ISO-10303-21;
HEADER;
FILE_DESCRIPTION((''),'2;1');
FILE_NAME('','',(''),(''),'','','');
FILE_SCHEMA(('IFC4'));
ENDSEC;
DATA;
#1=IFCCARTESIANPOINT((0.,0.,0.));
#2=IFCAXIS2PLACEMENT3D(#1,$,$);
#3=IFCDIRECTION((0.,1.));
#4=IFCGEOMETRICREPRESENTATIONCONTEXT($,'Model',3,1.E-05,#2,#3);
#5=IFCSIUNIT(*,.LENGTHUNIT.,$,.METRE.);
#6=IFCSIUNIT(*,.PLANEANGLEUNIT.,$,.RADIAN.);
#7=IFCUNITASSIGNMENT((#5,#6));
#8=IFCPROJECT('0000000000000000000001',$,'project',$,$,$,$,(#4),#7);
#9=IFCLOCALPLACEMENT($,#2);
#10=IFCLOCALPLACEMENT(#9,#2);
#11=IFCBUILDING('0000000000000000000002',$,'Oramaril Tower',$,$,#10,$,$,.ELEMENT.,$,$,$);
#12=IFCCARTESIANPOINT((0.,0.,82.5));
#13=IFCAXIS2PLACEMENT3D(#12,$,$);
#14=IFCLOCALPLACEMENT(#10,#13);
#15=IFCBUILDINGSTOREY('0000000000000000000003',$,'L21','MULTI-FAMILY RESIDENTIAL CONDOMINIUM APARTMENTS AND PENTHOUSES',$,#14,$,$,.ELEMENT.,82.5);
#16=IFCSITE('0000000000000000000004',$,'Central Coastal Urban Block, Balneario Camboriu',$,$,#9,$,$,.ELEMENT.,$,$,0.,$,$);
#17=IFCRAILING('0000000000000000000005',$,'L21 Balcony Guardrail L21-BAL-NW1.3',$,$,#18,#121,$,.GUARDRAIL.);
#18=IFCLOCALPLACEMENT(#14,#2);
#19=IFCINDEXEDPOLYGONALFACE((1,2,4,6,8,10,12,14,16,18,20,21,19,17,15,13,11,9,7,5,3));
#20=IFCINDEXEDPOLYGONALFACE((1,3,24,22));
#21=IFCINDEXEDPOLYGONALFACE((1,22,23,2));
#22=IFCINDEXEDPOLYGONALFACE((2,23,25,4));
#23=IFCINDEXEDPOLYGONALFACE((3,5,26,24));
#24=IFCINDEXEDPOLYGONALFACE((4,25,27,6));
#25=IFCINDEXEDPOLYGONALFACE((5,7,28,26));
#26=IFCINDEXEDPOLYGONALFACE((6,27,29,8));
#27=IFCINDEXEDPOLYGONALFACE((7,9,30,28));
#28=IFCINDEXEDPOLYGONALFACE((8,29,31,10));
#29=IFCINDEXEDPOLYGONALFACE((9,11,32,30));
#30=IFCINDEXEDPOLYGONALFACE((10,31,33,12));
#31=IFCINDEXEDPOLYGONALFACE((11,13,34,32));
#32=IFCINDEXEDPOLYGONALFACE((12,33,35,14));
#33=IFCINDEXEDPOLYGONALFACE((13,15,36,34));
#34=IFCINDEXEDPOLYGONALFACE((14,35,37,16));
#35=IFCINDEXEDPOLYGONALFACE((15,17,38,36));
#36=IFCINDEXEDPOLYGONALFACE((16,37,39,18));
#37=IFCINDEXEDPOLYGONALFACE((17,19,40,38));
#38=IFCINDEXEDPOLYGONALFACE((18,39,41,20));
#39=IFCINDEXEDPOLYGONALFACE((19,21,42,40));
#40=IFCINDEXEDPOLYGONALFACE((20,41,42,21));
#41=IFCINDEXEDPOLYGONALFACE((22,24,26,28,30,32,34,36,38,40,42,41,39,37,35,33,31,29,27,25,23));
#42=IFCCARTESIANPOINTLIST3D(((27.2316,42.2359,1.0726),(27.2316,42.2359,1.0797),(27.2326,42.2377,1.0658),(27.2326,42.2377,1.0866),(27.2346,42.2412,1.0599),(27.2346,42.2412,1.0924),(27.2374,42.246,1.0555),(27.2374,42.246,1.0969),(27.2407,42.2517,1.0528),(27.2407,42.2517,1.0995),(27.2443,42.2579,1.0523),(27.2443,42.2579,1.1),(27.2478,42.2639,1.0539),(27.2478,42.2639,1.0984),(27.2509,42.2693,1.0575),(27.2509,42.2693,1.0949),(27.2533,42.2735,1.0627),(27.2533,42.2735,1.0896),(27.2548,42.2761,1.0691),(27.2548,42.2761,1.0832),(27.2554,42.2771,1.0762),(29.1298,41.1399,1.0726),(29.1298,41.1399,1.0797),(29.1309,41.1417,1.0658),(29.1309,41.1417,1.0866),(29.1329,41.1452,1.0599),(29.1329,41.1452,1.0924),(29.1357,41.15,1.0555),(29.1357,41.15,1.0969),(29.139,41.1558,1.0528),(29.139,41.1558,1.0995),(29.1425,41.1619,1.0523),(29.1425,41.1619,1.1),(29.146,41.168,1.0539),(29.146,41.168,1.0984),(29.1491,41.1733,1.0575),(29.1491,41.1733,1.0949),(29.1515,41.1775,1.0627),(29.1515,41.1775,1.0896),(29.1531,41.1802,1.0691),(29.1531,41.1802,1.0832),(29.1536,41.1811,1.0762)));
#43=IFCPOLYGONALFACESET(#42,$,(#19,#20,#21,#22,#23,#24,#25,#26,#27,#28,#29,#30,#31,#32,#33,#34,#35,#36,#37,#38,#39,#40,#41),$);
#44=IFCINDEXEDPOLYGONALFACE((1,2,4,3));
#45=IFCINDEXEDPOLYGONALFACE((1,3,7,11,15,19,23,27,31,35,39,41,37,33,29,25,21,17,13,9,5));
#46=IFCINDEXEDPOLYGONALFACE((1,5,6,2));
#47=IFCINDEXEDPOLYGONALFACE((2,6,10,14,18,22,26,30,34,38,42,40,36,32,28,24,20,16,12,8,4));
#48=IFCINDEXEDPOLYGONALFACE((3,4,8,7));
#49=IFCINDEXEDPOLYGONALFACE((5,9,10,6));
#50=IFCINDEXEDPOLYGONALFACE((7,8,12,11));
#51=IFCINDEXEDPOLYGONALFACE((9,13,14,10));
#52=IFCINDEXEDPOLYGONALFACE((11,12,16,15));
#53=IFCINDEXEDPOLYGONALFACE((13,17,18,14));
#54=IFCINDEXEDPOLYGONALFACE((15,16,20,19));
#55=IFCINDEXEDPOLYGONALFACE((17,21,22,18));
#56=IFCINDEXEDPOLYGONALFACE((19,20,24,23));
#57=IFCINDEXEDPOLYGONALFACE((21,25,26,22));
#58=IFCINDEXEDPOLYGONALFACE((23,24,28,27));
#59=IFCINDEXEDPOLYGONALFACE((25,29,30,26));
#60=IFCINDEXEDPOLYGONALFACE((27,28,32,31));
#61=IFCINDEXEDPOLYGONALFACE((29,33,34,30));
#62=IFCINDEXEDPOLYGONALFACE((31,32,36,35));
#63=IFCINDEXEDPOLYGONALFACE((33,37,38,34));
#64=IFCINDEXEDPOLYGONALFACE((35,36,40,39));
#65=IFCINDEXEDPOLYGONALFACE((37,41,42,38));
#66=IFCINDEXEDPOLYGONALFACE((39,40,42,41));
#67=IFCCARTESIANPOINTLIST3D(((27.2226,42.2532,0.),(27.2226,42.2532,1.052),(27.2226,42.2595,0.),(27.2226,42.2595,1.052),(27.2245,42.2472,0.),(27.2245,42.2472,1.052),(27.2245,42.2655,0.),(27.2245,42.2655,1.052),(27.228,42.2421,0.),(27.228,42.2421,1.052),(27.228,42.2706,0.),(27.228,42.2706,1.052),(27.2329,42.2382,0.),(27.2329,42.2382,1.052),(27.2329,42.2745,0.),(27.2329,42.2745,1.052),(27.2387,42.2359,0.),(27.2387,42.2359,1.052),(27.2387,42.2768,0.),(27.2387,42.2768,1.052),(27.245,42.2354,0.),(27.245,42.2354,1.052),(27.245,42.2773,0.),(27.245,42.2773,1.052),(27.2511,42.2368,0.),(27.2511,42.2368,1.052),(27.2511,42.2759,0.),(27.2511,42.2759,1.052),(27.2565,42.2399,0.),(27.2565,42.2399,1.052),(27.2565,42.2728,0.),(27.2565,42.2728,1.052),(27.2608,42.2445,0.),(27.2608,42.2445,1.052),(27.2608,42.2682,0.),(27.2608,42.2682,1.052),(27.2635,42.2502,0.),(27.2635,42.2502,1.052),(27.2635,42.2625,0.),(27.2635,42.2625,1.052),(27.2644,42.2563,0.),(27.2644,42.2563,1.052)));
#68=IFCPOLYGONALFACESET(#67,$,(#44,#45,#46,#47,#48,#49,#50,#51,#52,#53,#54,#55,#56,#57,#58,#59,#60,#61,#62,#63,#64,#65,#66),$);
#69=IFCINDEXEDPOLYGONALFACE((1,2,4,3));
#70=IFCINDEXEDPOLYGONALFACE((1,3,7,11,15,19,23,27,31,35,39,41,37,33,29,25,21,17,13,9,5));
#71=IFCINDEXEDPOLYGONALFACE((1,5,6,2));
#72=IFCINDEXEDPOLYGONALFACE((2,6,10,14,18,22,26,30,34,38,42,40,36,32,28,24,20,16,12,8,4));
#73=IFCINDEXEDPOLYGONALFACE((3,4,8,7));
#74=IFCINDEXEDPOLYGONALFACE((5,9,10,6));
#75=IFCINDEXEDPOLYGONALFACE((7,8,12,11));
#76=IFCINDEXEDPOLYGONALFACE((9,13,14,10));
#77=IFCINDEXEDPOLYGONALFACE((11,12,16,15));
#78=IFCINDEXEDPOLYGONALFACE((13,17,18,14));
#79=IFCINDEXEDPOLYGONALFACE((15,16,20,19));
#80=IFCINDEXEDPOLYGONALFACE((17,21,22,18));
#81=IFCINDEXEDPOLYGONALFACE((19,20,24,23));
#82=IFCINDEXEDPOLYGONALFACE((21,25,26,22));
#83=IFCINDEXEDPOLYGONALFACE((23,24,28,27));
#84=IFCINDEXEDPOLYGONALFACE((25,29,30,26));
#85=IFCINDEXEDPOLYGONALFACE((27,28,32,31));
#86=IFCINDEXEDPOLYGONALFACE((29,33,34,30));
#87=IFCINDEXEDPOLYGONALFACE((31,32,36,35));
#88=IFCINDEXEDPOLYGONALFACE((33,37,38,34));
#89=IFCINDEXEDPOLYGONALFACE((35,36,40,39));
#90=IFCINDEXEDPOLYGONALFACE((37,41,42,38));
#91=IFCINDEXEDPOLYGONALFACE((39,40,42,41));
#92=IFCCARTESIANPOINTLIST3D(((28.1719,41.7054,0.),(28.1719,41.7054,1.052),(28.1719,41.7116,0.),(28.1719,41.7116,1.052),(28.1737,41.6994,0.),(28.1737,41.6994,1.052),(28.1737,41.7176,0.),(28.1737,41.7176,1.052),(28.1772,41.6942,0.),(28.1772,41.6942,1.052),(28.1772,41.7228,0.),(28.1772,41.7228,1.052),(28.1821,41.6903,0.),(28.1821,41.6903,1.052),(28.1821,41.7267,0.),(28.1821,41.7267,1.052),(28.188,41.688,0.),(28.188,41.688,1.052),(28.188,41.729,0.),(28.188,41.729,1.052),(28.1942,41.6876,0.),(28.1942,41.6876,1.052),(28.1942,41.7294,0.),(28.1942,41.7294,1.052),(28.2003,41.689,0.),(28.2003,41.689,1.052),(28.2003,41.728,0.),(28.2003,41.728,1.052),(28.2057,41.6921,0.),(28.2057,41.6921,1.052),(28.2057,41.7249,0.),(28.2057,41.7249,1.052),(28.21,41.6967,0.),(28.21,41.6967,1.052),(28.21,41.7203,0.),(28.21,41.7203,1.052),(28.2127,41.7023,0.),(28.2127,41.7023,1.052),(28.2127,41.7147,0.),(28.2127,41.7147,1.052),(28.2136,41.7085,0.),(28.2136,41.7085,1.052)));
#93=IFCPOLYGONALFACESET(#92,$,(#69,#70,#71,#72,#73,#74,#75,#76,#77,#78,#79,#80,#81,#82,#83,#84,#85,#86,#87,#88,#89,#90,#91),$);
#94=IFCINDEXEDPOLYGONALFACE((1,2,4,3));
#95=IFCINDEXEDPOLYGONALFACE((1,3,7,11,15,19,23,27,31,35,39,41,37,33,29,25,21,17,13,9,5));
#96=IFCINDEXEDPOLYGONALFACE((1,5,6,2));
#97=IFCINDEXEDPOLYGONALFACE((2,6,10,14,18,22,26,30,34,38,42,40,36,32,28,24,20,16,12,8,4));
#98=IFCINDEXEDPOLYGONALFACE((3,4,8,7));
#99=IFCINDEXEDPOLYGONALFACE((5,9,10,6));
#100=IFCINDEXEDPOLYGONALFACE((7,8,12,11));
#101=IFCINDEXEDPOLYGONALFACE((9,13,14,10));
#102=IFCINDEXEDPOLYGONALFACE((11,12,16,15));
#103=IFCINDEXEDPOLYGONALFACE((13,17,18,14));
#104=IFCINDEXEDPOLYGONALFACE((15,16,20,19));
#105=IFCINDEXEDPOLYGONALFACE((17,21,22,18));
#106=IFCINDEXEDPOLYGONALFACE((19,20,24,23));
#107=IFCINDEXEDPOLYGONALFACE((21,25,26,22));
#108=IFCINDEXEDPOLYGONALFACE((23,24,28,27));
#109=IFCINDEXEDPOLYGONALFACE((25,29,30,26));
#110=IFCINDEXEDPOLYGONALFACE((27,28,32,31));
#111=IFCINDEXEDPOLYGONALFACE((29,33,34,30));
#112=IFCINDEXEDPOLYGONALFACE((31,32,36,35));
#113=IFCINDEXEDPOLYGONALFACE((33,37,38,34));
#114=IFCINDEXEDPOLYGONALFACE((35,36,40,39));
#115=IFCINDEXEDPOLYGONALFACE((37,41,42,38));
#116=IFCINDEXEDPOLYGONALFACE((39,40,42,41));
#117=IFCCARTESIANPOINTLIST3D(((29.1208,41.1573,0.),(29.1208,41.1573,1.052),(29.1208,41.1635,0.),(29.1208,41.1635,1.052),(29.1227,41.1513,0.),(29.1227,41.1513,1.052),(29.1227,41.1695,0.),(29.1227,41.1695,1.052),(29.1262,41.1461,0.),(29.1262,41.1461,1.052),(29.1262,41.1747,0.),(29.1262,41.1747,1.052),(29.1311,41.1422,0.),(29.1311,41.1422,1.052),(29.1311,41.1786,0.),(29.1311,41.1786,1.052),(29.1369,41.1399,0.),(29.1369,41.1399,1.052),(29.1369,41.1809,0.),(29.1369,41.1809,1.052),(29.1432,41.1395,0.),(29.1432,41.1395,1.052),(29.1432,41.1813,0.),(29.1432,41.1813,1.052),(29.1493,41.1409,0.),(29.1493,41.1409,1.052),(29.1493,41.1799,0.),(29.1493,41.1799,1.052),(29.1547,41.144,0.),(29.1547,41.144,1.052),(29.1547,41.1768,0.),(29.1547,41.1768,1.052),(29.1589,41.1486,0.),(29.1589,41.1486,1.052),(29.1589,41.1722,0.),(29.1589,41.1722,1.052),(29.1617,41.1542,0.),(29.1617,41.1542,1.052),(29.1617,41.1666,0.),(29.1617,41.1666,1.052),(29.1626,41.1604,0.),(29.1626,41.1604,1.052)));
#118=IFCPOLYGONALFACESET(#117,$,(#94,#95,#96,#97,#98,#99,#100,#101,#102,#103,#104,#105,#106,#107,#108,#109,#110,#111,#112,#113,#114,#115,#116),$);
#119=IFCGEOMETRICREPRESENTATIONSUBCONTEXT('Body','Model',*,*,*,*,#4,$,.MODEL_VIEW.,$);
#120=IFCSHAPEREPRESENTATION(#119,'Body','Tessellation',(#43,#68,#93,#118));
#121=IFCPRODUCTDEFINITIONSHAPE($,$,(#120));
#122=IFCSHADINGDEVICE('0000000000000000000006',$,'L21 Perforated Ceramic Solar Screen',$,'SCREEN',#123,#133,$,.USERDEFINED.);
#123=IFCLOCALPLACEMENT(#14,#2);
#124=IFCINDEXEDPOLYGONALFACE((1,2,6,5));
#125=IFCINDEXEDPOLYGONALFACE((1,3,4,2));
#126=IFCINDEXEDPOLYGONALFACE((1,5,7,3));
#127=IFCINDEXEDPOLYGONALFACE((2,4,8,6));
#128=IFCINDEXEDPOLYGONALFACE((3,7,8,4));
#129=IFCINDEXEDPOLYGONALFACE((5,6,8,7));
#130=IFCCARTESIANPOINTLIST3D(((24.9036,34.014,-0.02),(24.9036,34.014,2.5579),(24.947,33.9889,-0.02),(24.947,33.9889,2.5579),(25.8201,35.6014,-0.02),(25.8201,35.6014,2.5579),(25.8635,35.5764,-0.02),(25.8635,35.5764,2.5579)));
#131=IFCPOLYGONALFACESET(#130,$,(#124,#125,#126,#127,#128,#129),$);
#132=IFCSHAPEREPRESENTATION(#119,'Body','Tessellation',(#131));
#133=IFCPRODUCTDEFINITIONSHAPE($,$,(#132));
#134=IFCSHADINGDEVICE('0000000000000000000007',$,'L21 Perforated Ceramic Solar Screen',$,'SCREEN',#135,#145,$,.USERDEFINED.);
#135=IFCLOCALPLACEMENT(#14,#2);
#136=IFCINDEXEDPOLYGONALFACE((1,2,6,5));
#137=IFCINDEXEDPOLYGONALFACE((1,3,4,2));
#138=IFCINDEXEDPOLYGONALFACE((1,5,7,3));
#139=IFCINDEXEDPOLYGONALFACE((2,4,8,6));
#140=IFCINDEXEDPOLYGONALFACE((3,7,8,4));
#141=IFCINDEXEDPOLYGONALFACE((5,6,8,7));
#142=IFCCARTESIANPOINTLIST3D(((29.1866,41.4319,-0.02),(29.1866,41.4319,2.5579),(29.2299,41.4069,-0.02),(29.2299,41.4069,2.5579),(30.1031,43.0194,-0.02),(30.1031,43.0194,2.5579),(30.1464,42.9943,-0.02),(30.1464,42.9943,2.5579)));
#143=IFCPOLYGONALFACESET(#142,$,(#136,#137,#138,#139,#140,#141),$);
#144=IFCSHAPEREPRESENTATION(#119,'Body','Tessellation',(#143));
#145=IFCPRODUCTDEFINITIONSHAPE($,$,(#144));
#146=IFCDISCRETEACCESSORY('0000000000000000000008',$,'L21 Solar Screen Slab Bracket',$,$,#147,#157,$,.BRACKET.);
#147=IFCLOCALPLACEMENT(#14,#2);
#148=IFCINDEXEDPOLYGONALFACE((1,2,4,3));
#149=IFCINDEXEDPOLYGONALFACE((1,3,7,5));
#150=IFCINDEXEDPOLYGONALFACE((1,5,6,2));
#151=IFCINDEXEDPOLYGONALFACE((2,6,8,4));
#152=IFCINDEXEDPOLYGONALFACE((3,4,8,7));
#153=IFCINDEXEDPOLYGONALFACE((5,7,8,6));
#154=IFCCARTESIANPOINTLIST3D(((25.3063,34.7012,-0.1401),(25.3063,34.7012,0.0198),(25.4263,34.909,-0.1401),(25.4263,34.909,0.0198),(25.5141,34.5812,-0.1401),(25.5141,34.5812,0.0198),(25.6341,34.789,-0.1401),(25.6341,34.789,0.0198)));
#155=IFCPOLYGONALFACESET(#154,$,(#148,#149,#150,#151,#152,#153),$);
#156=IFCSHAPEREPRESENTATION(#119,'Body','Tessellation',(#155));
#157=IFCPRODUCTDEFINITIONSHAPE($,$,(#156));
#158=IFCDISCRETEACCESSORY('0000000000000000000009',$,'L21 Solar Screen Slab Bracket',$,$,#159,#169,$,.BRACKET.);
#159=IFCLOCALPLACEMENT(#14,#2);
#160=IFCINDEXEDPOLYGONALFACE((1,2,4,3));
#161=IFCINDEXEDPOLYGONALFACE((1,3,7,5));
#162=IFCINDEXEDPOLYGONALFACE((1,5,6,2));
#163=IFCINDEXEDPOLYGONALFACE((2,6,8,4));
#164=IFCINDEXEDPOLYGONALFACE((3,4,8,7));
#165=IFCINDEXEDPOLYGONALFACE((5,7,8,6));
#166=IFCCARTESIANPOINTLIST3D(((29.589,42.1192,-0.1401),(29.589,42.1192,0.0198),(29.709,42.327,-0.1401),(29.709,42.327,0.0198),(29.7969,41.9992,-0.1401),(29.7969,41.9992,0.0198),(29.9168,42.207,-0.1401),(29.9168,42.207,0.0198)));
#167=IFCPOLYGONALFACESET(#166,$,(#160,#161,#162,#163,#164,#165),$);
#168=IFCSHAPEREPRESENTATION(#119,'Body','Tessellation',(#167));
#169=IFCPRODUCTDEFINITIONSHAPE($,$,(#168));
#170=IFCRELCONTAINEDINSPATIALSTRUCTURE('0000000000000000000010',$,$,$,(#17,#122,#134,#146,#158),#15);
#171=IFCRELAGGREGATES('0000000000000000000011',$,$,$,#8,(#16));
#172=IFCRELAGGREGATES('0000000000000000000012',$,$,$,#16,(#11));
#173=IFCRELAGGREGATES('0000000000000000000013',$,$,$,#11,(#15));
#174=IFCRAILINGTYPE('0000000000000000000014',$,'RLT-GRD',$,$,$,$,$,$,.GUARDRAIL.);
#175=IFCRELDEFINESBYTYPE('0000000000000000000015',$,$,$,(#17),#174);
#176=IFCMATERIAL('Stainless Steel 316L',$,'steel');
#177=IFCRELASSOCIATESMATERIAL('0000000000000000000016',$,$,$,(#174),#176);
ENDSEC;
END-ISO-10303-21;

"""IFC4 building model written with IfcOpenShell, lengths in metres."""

from ifc_helpers import new_model, si_unit, direction, frame, origin, origin_2d, place, context, subcontext, project, spatial, rectangle, circle, extrude, material, type_object, element, save


model = new_model("IFC4")

# Units and contexts
model_context = context("Model", 3, precision=1e-05, world=origin(), true_north=direction((0.0, 1.0)))
body_context = subcontext(model_context, "Body", "Model", "MODEL_VIEW")
ifc_project = project(units=[si_unit("LENGTHUNIT", "METRE"), si_unit("PLANEANGLEUNIT", "RADIAN")], contexts=[model_context])

# Site, building, storey
site_placement = place(None, origin())
site = spatial("IfcSite", under=ifc_project, at=site_placement, Name="Central Coastal Urban Block, Balneario Camboriu", CompositionType="ELEMENT", RefElevation=0.0)
building_placement = place(site_placement, origin())
building = spatial("IfcBuilding", under=site, at=building_placement, Name="Oramaril Tower", CompositionType="ELEMENT")
storey_placement = place(building_placement, frame((0.0, 0.0, 82.5)))
storey = spatial("IfcBuildingStorey", under=building, at=storey_placement, Name="L21", Description="MULTI-FAMILY RESIDENTIAL CONDOMINIUM APARTMENTS AND PENTHOUSES", CompositionType="ELEMENT", Elevation=82.5)

# Railing
ifc_material_1 = material(Name="Stainless Steel 316L", Category="steel")
railing_type = type_object("IfcRailingType", Name="RLT-GRD", PredefinedType="GUARDRAIL", material=ifc_material_1)
railing_1_placement = place(storey_placement, frame((27.2434, 42.2563, 0.0)))
element("IfcRailing", 1, at=railing_1_placement, inside=storey, type_object=railing_type, Name="L21 Balcony Guardrail L21-BAL-NW1.3", PredefinedType="GUARDRAIL", context=body_context, shape_type="SweptSolid", body=[
    extrude(circle(Radius=0.0239, at=origin_2d()), frame((0.0, 0.0, 1.0762), z_axis=(0.866021, -0.500008, 0.0), x_axis=(0.500008, 0.866021, 0.0)), (0.0, 0.0, 1.0), 2.1919),
    extrude(circle(Radius=0.021, at=origin_2d()), origin(), (0.0, 0.0, 1.0), 1.052),
    extrude(circle(Radius=0.021, at=origin_2d()), frame((0.9492, -0.5479, 0.0)), (0.0, 0.0, 1.0), 1.052),
    extrude(circle(Radius=0.021, at=origin_2d()), frame((1.8982, -1.0959, 0.0)), (0.0, 0.0, 1.0), 1.052),
])

# Shading devices
for number, where, z_axis, x_axis, name in (
    (2, (25.3835, 34.7952, -0.02), (0.0, 0.0, 1.0), (-0.5, -0.866025, 0.0), "L21 Perforated Ceramic Solar Screen"),
    (3, (29.6665, 42.2131, -0.02), (0.0, 0.0, 1.0), (-0.5, -0.866025, 0.0), "L21 Perforated Ceramic Solar Screen"),
):
    element("IfcShadingDevice", number, at=place(storey_placement, frame(where, z_axis=z_axis, x_axis=x_axis)), inside=storey, Name=name, ObjectType="SCREEN", PredefinedType="USERDEFINED", context=body_context, shape_type="SweptSolid", body=[
        extrude(rectangle(XDim=1.833, YDim=0.05, at=origin_2d()), origin(), (0.0, 0.0, 1.0), 2.5779),
    ])

# Discrete accessories
for number, where, z_axis, x_axis, name in (
    (4, (25.4702, 34.7451, -0.1401), (0.0, 0.0, 1.0), (-0.5, -0.866025, 0.0), "L21 Solar Screen Slab Bracket"),
    (5, (29.7529, 42.1631, -0.1401), (0.0, 0.0, 1.0), (-0.5, -0.866025, 0.0), "L21 Solar Screen Slab Bracket"),
):
    element("IfcDiscreteAccessory", number, at=place(storey_placement, frame(where, z_axis=z_axis, x_axis=x_axis)), inside=storey, Name=name, PredefinedType="BRACKET", context=body_context, shape_type="SweptSolid", body=[
        extrude(rectangle(XDim=0.24, YDim=0.24, at=origin_2d()), origin(), (0.0, 0.0, 1.0), 0.1599),
    ])

save(model, "model.ifc")
